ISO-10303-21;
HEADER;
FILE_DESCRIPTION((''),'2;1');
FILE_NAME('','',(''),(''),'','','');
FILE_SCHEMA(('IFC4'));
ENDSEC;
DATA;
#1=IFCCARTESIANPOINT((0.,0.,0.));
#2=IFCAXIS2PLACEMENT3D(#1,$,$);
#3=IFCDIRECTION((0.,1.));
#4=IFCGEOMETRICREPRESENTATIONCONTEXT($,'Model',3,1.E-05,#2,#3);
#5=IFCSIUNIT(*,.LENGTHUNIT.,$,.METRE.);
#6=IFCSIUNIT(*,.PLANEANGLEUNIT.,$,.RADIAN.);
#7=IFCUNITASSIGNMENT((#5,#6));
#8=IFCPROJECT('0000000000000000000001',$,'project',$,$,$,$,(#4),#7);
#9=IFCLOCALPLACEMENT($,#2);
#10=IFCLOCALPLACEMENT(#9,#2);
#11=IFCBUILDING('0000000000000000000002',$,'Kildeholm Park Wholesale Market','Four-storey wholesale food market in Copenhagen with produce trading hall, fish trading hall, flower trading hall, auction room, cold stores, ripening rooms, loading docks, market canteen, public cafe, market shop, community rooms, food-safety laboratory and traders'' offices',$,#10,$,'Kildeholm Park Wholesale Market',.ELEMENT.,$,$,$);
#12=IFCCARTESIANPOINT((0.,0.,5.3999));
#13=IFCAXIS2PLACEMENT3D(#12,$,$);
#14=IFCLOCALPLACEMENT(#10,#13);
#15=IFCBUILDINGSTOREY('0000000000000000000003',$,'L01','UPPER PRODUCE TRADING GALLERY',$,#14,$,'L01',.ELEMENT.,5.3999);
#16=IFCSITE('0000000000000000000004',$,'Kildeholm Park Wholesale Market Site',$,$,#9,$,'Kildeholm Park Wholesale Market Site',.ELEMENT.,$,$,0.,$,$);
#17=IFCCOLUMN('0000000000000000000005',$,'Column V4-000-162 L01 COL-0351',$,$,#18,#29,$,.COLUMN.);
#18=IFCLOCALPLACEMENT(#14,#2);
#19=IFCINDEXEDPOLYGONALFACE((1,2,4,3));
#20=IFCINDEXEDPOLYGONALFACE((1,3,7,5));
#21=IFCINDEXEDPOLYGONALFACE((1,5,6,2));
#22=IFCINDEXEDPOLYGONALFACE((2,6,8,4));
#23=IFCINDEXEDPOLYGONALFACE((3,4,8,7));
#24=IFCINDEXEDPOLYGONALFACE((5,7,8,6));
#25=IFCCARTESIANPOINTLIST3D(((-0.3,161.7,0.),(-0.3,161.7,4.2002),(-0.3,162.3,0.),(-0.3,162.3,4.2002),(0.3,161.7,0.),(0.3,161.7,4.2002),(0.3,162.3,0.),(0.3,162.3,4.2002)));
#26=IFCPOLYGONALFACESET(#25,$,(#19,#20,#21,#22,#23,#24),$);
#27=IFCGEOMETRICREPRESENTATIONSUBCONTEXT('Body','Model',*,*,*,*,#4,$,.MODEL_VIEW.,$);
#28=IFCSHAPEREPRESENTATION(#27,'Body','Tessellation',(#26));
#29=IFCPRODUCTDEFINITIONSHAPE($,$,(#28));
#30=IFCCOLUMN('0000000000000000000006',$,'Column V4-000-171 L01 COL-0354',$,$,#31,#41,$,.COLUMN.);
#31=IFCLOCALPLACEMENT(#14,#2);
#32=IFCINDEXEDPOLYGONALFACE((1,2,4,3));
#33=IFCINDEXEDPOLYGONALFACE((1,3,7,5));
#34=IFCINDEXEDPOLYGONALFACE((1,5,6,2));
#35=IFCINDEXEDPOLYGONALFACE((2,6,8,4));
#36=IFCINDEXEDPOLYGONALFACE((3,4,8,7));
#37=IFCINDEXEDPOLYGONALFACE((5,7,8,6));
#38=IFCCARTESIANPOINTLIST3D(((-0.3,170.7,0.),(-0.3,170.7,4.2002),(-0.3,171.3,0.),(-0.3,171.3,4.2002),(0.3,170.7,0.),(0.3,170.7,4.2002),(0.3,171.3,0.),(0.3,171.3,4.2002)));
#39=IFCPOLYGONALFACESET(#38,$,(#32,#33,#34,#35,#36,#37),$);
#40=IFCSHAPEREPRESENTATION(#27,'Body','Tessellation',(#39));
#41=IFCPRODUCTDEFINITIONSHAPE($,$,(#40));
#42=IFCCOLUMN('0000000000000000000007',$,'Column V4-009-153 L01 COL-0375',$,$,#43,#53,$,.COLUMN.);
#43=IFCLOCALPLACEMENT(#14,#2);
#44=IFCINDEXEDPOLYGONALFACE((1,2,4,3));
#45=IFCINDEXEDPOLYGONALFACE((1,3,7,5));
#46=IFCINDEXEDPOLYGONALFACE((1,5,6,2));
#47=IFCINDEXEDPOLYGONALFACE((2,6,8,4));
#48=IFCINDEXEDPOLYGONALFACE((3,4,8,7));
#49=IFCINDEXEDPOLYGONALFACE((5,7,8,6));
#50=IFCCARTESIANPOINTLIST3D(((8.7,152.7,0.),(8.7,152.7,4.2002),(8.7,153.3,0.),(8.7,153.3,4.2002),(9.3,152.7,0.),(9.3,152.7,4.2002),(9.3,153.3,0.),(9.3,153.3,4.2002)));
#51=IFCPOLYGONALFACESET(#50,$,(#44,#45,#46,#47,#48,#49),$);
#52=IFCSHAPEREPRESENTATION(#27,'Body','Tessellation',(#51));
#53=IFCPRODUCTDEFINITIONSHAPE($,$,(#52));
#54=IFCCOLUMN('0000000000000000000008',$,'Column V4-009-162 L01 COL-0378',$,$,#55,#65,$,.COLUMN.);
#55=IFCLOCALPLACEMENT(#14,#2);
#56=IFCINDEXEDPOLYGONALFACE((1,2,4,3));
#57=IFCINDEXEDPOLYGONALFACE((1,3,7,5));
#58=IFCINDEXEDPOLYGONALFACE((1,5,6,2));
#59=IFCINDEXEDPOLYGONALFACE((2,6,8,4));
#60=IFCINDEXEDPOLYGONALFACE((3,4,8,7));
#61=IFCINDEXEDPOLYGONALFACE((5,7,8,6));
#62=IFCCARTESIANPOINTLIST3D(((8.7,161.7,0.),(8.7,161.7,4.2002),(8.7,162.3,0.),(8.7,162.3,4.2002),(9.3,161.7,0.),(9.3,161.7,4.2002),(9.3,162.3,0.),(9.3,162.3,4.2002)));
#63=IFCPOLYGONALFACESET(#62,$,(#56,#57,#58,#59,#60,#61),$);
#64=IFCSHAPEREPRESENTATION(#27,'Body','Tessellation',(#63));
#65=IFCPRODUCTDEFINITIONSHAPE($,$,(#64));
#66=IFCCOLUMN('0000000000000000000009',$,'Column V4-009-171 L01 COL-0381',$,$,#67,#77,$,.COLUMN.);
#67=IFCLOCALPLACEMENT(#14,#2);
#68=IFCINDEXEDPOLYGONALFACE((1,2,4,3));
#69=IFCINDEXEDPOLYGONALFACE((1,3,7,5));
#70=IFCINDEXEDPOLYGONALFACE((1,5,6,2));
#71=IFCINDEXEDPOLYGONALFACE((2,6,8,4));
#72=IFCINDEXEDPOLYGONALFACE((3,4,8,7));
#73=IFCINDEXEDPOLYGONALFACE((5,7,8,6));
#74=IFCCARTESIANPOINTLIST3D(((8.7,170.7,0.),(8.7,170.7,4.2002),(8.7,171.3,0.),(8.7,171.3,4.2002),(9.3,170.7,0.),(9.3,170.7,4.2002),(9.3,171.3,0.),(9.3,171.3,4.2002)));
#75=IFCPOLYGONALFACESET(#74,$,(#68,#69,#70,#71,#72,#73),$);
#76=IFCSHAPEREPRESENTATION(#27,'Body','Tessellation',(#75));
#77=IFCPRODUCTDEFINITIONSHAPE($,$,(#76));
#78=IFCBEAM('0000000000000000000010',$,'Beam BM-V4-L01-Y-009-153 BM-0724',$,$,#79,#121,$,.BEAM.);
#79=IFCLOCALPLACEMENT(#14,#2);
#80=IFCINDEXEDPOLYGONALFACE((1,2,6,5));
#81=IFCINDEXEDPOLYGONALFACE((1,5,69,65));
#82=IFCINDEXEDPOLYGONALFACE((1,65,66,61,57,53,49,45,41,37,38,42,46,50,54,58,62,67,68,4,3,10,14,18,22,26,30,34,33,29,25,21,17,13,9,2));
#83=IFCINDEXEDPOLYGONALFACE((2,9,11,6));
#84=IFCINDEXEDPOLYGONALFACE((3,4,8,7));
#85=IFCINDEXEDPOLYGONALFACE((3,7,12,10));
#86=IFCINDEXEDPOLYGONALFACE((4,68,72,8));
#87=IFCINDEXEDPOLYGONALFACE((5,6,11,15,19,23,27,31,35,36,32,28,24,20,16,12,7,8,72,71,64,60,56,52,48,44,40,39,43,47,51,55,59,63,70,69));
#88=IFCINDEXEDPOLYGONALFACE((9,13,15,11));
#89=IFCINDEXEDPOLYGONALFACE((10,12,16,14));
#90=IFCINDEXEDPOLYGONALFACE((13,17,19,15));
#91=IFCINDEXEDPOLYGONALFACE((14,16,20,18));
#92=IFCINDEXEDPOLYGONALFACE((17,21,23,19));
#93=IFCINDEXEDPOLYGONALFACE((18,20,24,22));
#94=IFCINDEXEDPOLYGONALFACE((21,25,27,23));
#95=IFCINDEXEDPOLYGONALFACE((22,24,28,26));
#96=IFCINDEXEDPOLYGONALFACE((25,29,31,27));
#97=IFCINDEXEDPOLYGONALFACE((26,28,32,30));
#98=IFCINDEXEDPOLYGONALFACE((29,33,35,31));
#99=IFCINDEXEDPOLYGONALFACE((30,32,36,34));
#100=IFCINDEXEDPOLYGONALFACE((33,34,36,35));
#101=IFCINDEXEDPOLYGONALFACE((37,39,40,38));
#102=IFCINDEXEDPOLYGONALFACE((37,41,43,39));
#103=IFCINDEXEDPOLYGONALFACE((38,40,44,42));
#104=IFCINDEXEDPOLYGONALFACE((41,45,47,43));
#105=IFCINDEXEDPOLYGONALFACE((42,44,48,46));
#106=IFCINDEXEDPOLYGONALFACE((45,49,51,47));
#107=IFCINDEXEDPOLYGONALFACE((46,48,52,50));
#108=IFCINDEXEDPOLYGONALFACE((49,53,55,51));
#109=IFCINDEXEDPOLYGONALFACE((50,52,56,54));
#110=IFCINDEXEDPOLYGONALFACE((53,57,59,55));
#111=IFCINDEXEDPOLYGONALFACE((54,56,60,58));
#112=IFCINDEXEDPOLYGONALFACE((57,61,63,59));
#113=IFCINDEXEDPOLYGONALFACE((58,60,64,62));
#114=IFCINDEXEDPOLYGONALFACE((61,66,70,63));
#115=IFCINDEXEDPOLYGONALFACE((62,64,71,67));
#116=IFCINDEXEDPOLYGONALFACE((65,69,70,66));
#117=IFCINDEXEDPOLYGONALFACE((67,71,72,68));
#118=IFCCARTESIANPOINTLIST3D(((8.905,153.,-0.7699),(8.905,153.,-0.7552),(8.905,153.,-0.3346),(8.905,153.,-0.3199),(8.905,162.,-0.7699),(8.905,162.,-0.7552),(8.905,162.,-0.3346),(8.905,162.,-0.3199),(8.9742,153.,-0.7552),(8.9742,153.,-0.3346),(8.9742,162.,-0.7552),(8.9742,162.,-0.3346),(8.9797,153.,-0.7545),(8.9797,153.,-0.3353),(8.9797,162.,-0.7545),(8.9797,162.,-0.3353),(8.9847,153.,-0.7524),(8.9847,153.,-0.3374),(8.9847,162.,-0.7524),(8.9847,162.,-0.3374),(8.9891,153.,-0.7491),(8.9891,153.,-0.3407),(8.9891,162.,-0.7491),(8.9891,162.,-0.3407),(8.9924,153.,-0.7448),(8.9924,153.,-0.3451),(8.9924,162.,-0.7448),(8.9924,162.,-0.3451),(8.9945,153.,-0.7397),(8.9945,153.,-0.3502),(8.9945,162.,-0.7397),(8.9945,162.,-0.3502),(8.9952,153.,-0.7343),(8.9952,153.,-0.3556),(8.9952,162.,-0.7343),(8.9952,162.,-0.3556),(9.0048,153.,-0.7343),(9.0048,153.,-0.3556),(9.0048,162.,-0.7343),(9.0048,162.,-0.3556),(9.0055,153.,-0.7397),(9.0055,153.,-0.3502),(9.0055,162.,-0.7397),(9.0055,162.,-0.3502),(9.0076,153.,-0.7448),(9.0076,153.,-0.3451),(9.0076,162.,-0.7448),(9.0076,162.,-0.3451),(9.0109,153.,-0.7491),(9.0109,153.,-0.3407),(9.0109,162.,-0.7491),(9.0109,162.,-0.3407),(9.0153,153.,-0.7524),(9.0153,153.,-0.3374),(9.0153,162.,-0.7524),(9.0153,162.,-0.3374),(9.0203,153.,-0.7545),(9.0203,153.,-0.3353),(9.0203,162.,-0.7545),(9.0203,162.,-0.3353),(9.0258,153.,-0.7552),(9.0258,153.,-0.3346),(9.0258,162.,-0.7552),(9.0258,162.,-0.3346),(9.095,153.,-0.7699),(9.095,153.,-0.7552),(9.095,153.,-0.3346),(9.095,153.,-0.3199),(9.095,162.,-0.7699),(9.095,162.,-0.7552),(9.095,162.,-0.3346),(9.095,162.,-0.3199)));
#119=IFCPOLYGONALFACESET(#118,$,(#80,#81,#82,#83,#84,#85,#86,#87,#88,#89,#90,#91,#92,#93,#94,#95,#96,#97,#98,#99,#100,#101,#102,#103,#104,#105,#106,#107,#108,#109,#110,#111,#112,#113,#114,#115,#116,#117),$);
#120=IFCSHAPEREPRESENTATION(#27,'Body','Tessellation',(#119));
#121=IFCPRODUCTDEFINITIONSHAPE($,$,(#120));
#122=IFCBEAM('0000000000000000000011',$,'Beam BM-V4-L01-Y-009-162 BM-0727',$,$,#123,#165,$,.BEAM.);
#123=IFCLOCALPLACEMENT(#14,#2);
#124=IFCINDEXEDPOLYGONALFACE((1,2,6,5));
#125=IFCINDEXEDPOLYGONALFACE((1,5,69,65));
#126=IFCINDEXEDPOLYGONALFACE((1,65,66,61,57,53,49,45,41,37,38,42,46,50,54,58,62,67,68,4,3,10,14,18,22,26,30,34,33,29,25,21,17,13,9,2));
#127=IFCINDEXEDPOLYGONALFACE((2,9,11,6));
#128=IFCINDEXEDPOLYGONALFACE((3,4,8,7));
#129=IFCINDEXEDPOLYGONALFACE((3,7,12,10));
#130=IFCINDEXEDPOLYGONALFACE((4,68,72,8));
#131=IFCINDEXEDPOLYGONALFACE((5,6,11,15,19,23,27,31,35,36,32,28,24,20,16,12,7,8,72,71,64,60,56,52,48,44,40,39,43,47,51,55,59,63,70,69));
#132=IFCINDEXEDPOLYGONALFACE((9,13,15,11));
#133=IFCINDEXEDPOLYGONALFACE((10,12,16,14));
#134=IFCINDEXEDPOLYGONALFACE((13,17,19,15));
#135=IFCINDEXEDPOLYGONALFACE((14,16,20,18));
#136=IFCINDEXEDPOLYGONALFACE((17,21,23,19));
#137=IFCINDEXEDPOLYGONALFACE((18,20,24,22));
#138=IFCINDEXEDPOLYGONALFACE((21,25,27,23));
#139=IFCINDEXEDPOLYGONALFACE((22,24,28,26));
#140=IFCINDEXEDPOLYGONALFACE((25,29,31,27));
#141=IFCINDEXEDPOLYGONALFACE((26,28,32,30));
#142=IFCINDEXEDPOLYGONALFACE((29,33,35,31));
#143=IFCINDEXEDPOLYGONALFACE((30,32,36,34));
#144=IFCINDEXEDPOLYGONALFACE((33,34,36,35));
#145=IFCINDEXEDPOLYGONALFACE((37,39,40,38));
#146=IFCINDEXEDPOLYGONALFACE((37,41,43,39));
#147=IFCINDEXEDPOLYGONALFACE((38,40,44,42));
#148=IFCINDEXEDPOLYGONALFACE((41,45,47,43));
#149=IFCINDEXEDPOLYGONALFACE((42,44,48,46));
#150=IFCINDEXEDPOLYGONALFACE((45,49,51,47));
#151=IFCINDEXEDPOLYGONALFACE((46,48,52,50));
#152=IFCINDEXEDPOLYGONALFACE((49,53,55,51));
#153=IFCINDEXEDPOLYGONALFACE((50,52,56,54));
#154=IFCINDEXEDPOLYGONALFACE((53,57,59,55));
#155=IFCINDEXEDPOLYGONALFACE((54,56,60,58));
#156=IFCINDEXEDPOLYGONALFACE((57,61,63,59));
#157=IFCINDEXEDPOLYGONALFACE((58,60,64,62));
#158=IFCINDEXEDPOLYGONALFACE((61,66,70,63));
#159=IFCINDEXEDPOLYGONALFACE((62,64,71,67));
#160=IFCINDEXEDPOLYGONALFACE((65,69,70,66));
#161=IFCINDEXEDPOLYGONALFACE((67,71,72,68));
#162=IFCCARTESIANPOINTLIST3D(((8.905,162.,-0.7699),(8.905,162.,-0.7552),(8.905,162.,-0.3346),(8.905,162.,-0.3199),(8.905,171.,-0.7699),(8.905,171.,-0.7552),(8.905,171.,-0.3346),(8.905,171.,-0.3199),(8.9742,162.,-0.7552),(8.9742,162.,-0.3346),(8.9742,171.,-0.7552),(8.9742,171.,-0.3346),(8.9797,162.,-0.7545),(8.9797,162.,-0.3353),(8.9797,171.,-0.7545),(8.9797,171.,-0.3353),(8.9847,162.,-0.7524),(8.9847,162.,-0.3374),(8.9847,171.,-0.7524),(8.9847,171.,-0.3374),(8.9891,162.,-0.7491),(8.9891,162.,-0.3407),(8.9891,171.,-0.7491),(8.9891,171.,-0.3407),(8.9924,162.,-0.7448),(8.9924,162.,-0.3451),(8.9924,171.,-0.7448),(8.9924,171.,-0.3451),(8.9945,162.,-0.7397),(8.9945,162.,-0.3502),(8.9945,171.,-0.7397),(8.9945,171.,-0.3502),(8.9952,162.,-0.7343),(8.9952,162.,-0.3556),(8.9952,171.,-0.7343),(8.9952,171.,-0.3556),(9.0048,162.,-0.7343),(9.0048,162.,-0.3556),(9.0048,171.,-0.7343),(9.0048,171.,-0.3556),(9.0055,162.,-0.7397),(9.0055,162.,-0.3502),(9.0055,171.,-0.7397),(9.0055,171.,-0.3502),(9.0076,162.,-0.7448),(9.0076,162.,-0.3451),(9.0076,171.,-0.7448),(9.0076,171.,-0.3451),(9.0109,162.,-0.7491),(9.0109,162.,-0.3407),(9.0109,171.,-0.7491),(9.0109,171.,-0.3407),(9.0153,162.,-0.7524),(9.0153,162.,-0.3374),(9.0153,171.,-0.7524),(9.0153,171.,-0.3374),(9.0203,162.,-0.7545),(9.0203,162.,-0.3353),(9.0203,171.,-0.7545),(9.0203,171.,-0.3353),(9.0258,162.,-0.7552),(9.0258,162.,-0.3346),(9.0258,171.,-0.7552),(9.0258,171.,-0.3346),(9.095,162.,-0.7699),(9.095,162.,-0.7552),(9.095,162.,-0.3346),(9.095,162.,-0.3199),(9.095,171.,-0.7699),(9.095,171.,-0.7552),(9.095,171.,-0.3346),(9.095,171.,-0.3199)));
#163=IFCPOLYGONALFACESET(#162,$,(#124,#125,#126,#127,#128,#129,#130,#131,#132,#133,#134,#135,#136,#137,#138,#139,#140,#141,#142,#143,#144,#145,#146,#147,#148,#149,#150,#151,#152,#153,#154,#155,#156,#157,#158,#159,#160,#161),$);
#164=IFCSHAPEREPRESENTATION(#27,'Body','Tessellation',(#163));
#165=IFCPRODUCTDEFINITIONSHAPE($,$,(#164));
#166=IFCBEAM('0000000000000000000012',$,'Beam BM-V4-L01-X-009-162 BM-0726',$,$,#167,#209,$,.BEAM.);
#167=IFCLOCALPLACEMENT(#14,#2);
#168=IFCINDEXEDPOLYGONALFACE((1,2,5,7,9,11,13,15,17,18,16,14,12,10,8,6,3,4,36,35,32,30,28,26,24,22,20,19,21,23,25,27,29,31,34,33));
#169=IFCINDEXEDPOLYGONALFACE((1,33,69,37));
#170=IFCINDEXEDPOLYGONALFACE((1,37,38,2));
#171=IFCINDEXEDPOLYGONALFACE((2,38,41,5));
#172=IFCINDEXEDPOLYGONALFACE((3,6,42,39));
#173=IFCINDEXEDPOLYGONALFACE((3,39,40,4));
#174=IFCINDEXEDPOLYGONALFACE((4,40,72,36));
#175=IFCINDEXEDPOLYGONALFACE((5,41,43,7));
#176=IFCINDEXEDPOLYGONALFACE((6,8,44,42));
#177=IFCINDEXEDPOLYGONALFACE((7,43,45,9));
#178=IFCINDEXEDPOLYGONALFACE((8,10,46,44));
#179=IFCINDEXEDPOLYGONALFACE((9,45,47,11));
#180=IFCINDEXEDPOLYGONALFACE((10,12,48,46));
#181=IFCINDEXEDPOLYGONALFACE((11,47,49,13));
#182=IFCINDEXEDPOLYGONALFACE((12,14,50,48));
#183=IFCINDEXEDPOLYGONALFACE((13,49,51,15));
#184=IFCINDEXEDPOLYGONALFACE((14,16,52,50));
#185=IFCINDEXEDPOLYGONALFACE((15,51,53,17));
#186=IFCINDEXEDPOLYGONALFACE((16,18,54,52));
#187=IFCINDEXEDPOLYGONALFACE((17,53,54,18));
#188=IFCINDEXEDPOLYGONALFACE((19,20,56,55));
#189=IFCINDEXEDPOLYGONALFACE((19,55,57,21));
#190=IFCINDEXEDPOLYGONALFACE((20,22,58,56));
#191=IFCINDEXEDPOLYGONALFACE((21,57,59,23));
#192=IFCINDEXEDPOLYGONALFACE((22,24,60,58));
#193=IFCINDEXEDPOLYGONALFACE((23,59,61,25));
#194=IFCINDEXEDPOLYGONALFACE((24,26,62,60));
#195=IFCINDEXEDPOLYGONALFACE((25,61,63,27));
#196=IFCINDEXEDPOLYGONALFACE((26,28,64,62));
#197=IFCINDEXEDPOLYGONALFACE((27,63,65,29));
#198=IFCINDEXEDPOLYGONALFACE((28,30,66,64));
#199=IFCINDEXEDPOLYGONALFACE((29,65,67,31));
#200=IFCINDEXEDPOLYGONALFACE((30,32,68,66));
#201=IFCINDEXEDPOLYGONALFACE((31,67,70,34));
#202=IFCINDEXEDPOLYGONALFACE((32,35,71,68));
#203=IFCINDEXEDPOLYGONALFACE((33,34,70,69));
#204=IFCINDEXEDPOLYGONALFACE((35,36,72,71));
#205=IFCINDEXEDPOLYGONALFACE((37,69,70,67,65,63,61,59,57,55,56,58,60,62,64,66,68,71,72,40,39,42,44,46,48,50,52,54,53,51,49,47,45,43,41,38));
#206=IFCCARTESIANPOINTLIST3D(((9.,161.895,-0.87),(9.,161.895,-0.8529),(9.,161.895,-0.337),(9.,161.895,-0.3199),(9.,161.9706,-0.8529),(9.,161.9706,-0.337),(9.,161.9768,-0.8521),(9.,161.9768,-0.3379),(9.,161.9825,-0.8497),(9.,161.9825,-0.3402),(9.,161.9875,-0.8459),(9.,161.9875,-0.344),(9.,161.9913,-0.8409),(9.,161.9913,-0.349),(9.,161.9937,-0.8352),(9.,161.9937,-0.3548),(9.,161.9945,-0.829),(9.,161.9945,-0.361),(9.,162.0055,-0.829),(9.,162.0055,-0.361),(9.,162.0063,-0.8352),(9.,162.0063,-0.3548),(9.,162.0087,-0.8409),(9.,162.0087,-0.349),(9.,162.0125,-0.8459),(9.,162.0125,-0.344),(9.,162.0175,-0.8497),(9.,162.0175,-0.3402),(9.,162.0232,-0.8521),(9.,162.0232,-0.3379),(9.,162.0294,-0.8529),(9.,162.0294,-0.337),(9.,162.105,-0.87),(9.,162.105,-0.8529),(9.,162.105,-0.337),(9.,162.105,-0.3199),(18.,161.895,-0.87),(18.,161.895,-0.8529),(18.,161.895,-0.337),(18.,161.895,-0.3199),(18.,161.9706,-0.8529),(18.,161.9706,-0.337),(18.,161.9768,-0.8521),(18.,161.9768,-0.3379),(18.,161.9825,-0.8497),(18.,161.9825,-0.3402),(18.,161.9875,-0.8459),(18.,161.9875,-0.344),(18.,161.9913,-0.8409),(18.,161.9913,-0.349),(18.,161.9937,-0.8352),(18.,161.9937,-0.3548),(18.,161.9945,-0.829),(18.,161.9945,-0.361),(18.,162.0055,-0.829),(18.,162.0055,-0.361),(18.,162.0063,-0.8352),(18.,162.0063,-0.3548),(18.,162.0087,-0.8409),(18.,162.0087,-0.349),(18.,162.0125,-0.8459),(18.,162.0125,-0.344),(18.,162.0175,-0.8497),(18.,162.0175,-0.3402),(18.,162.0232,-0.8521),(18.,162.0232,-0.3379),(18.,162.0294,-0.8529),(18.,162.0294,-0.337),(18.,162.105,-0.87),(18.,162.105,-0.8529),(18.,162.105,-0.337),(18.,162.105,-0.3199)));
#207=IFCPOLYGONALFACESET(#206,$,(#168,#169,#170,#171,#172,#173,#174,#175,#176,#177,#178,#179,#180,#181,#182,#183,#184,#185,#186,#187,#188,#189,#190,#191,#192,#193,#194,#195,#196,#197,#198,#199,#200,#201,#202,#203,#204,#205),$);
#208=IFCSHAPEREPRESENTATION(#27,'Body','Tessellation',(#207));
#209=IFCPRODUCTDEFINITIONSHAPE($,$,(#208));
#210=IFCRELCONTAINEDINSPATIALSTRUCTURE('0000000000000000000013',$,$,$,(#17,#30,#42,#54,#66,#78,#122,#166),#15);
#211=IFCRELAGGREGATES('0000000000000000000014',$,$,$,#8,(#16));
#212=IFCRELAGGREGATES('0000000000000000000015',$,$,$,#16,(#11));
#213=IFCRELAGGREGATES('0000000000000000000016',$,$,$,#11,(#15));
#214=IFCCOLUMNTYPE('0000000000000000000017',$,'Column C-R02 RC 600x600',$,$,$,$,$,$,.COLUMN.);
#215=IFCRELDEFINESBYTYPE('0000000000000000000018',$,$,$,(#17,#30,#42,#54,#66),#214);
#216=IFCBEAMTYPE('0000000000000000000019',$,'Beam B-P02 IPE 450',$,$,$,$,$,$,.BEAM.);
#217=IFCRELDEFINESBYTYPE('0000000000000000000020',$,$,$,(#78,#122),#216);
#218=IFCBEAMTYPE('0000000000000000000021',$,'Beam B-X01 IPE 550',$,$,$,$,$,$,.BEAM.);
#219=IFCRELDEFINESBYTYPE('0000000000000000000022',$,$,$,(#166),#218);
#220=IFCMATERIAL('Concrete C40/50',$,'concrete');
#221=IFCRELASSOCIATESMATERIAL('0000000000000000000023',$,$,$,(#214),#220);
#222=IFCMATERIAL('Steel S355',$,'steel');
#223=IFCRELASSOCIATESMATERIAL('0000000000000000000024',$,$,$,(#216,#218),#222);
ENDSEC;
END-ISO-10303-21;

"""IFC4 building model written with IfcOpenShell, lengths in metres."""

from ifc_helpers import new_model, si_unit, direction, frame, origin, origin_2d, place, context, subcontext, project, spatial, rectangle, i_section, extrude, material, material_profile, profile_set, type_object, element, save


model = new_model("IFC4")

# Units and contexts
model_context = context("Model", 3, precision=1e-05, world=origin(), true_north=direction((0.0, 1.0)))
body_context = subcontext(model_context, "Body", "Model", "MODEL_VIEW")
ifc_project = project(units=[si_unit("LENGTHUNIT", "METRE"), si_unit("PLANEANGLEUNIT", "RADIAN")], contexts=[model_context])

# Site, building, storey
site_placement = place(None, origin())
site = spatial("IfcSite", under=ifc_project, at=site_placement, Name="Kildeholm Park Wholesale Market Site", LongName="Kildeholm Park Wholesale Market Site", CompositionType="ELEMENT", RefElevation=0.0)
building_placement = place(site_placement, origin())
building = spatial("IfcBuilding", under=site, at=building_placement, Name="Kildeholm Park Wholesale Market", Description="Four-storey wholesale food market in Copenhagen with produce trading hall, fish trading hall, flower trading hall, auction room, cold stores, ripening rooms, loading docks, market canteen, public cafe, market shop, community rooms, food-safety laboratory and traders' offices", LongName="Kildeholm Park Wholesale Market", CompositionType="ELEMENT")
storey_placement = place(building_placement, frame((0.0, 0.0, 5.3999)))
storey = spatial("IfcBuildingStorey", under=building, at=storey_placement, Name="L01", Description="UPPER PRODUCE TRADING GALLERY", LongName="L01", CompositionType="ELEMENT", Elevation=5.3999)

# Columns
ifc_material_1 = material(Name="Concrete C40/50", Category="concrete")
ifc_material_profile_1 = material_profile(ifc_material_1, rectangle(XDim=0.6001, YDim=0.6001, at=origin_2d()), Name="RC 600x600")
ifc_profile_set_1 = profile_set([ifc_material_profile_1], Name="Concrete C40/50")
column_type = type_object("IfcColumnType", Name="Column C-R02 RC 600x600", PredefinedType="COLUMN", material=ifc_profile_set_1)
for number, where, z_axis, x_axis, name in (
    (1, (0.0, 162.0, 0.0), (0.0, 0.0, 1.0), (1.0, 0.0, 0.0), "Column V4-000-162 L01 COL-0351"),
    (2, (0.0, 171.0, 0.0), (0.0, 0.0, 1.0), (1.0, 0.0, 0.0), "Column V4-000-171 L01 COL-0354"),
    (3, (9.0, 153.0, 0.0), (0.0, 0.0, 1.0), (1.0, 0.0, 0.0), "Column V4-009-153 L01 COL-0375"),
    (4, (9.0, 162.0, 0.0), (0.0, 0.0, 1.0), (1.0, 0.0, 0.0), "Column V4-009-162 L01 COL-0378"),
    (5, (9.0, 171.0, 0.0), (0.0, 0.0, 1.0), (1.0, 0.0, 0.0), "Column V4-009-171 L01 COL-0381"),
):
    element("IfcColumn", number, at=place(storey_placement, frame(where, z_axis=z_axis, x_axis=x_axis)), inside=storey, type_object=column_type, Name=name, PredefinedType="COLUMN", context=body_context, shape_type="SweptSolid", body=[
        extrude(rectangle(XDim=0.6001, YDim=0.6001, at=origin_2d()), origin(), (0.0, 0.0, 1.0), 4.2002),
    ])

# Beams
ifc_material_2 = material(Name="Steel S355", Category="steel")
ifc_material_profile_2 = material_profile(ifc_material_2, i_section(OverallWidth=0.1899, OverallDepth=0.45, WebThickness=0.0095, FlangeThickness=0.0146, FilletRadius=0.021, at=origin_2d()), Name="IPE 450")
ifc_profile_set_2 = profile_set([ifc_material_profile_2], Name="Steel S355")
beam_type_1 = type_object("IfcBeamType", Name="Beam B-P02 IPE 450", PredefinedType="BEAM", material=ifc_profile_set_2)
for number, where, z_axis, x_axis, name in (
    (6, (9.0, 153.0, -0.5449), (0.0, 1.0, 0.0), (-1.0, 0.0, 0.0), "Beam BM-V4-L01-Y-009-153 BM-0724"),
    (7, (9.0, 162.0, -0.5449), (0.0, 1.0, 0.0), (-1.0, 0.0, 0.0), "Beam BM-V4-L01-Y-009-162 BM-0727"),
):
    element("IfcBeam", number, at=place(storey_placement, frame(where, z_axis=z_axis, x_axis=x_axis)), inside=storey, type_object=beam_type_1, Name=name, PredefinedType="BEAM", context=body_context, shape_type="SweptSolid", body=[
        extrude(i_section(OverallWidth=0.1899, OverallDepth=0.45, WebThickness=0.0095, FlangeThickness=0.0146, FilletRadius=0.021, at=origin_2d()), origin(), (0.0, 0.0, 1.0), 9.0),
    ])
ifc_material_profile_3 = material_profile(ifc_material_2, i_section(OverallWidth=0.21, OverallDepth=0.55, WebThickness=0.011, FlangeThickness=0.0171, FilletRadius=0.0239, at=origin_2d()), Name="IPE 550")
ifc_profile_set_3 = profile_set([ifc_material_profile_3], Name="Steel S355")
beam_type_2 = type_object("IfcBeamType", Name="Beam B-X01 IPE 550", PredefinedType="BEAM", material=ifc_profile_set_3)
beam_1_placement = place(storey_placement, frame((9.0, 162.0, -0.595), z_axis=(1.0, 0.0, 0.0), x_axis=(0.0, 1.0, 0.0)))
element("IfcBeam", 8, at=beam_1_placement, inside=storey, type_object=beam_type_2, Name="Beam BM-V4-L01-X-009-162 BM-0726", PredefinedType="BEAM", context=body_context, shape_type="SweptSolid", body=[
    extrude(i_section(OverallWidth=0.21, OverallDepth=0.55, WebThickness=0.011, FlangeThickness=0.0171, FilletRadius=0.0239, at=origin_2d()), origin(), (0.0, 0.0, 1.0), 9.0),
])

save(model, "model.ifc")
